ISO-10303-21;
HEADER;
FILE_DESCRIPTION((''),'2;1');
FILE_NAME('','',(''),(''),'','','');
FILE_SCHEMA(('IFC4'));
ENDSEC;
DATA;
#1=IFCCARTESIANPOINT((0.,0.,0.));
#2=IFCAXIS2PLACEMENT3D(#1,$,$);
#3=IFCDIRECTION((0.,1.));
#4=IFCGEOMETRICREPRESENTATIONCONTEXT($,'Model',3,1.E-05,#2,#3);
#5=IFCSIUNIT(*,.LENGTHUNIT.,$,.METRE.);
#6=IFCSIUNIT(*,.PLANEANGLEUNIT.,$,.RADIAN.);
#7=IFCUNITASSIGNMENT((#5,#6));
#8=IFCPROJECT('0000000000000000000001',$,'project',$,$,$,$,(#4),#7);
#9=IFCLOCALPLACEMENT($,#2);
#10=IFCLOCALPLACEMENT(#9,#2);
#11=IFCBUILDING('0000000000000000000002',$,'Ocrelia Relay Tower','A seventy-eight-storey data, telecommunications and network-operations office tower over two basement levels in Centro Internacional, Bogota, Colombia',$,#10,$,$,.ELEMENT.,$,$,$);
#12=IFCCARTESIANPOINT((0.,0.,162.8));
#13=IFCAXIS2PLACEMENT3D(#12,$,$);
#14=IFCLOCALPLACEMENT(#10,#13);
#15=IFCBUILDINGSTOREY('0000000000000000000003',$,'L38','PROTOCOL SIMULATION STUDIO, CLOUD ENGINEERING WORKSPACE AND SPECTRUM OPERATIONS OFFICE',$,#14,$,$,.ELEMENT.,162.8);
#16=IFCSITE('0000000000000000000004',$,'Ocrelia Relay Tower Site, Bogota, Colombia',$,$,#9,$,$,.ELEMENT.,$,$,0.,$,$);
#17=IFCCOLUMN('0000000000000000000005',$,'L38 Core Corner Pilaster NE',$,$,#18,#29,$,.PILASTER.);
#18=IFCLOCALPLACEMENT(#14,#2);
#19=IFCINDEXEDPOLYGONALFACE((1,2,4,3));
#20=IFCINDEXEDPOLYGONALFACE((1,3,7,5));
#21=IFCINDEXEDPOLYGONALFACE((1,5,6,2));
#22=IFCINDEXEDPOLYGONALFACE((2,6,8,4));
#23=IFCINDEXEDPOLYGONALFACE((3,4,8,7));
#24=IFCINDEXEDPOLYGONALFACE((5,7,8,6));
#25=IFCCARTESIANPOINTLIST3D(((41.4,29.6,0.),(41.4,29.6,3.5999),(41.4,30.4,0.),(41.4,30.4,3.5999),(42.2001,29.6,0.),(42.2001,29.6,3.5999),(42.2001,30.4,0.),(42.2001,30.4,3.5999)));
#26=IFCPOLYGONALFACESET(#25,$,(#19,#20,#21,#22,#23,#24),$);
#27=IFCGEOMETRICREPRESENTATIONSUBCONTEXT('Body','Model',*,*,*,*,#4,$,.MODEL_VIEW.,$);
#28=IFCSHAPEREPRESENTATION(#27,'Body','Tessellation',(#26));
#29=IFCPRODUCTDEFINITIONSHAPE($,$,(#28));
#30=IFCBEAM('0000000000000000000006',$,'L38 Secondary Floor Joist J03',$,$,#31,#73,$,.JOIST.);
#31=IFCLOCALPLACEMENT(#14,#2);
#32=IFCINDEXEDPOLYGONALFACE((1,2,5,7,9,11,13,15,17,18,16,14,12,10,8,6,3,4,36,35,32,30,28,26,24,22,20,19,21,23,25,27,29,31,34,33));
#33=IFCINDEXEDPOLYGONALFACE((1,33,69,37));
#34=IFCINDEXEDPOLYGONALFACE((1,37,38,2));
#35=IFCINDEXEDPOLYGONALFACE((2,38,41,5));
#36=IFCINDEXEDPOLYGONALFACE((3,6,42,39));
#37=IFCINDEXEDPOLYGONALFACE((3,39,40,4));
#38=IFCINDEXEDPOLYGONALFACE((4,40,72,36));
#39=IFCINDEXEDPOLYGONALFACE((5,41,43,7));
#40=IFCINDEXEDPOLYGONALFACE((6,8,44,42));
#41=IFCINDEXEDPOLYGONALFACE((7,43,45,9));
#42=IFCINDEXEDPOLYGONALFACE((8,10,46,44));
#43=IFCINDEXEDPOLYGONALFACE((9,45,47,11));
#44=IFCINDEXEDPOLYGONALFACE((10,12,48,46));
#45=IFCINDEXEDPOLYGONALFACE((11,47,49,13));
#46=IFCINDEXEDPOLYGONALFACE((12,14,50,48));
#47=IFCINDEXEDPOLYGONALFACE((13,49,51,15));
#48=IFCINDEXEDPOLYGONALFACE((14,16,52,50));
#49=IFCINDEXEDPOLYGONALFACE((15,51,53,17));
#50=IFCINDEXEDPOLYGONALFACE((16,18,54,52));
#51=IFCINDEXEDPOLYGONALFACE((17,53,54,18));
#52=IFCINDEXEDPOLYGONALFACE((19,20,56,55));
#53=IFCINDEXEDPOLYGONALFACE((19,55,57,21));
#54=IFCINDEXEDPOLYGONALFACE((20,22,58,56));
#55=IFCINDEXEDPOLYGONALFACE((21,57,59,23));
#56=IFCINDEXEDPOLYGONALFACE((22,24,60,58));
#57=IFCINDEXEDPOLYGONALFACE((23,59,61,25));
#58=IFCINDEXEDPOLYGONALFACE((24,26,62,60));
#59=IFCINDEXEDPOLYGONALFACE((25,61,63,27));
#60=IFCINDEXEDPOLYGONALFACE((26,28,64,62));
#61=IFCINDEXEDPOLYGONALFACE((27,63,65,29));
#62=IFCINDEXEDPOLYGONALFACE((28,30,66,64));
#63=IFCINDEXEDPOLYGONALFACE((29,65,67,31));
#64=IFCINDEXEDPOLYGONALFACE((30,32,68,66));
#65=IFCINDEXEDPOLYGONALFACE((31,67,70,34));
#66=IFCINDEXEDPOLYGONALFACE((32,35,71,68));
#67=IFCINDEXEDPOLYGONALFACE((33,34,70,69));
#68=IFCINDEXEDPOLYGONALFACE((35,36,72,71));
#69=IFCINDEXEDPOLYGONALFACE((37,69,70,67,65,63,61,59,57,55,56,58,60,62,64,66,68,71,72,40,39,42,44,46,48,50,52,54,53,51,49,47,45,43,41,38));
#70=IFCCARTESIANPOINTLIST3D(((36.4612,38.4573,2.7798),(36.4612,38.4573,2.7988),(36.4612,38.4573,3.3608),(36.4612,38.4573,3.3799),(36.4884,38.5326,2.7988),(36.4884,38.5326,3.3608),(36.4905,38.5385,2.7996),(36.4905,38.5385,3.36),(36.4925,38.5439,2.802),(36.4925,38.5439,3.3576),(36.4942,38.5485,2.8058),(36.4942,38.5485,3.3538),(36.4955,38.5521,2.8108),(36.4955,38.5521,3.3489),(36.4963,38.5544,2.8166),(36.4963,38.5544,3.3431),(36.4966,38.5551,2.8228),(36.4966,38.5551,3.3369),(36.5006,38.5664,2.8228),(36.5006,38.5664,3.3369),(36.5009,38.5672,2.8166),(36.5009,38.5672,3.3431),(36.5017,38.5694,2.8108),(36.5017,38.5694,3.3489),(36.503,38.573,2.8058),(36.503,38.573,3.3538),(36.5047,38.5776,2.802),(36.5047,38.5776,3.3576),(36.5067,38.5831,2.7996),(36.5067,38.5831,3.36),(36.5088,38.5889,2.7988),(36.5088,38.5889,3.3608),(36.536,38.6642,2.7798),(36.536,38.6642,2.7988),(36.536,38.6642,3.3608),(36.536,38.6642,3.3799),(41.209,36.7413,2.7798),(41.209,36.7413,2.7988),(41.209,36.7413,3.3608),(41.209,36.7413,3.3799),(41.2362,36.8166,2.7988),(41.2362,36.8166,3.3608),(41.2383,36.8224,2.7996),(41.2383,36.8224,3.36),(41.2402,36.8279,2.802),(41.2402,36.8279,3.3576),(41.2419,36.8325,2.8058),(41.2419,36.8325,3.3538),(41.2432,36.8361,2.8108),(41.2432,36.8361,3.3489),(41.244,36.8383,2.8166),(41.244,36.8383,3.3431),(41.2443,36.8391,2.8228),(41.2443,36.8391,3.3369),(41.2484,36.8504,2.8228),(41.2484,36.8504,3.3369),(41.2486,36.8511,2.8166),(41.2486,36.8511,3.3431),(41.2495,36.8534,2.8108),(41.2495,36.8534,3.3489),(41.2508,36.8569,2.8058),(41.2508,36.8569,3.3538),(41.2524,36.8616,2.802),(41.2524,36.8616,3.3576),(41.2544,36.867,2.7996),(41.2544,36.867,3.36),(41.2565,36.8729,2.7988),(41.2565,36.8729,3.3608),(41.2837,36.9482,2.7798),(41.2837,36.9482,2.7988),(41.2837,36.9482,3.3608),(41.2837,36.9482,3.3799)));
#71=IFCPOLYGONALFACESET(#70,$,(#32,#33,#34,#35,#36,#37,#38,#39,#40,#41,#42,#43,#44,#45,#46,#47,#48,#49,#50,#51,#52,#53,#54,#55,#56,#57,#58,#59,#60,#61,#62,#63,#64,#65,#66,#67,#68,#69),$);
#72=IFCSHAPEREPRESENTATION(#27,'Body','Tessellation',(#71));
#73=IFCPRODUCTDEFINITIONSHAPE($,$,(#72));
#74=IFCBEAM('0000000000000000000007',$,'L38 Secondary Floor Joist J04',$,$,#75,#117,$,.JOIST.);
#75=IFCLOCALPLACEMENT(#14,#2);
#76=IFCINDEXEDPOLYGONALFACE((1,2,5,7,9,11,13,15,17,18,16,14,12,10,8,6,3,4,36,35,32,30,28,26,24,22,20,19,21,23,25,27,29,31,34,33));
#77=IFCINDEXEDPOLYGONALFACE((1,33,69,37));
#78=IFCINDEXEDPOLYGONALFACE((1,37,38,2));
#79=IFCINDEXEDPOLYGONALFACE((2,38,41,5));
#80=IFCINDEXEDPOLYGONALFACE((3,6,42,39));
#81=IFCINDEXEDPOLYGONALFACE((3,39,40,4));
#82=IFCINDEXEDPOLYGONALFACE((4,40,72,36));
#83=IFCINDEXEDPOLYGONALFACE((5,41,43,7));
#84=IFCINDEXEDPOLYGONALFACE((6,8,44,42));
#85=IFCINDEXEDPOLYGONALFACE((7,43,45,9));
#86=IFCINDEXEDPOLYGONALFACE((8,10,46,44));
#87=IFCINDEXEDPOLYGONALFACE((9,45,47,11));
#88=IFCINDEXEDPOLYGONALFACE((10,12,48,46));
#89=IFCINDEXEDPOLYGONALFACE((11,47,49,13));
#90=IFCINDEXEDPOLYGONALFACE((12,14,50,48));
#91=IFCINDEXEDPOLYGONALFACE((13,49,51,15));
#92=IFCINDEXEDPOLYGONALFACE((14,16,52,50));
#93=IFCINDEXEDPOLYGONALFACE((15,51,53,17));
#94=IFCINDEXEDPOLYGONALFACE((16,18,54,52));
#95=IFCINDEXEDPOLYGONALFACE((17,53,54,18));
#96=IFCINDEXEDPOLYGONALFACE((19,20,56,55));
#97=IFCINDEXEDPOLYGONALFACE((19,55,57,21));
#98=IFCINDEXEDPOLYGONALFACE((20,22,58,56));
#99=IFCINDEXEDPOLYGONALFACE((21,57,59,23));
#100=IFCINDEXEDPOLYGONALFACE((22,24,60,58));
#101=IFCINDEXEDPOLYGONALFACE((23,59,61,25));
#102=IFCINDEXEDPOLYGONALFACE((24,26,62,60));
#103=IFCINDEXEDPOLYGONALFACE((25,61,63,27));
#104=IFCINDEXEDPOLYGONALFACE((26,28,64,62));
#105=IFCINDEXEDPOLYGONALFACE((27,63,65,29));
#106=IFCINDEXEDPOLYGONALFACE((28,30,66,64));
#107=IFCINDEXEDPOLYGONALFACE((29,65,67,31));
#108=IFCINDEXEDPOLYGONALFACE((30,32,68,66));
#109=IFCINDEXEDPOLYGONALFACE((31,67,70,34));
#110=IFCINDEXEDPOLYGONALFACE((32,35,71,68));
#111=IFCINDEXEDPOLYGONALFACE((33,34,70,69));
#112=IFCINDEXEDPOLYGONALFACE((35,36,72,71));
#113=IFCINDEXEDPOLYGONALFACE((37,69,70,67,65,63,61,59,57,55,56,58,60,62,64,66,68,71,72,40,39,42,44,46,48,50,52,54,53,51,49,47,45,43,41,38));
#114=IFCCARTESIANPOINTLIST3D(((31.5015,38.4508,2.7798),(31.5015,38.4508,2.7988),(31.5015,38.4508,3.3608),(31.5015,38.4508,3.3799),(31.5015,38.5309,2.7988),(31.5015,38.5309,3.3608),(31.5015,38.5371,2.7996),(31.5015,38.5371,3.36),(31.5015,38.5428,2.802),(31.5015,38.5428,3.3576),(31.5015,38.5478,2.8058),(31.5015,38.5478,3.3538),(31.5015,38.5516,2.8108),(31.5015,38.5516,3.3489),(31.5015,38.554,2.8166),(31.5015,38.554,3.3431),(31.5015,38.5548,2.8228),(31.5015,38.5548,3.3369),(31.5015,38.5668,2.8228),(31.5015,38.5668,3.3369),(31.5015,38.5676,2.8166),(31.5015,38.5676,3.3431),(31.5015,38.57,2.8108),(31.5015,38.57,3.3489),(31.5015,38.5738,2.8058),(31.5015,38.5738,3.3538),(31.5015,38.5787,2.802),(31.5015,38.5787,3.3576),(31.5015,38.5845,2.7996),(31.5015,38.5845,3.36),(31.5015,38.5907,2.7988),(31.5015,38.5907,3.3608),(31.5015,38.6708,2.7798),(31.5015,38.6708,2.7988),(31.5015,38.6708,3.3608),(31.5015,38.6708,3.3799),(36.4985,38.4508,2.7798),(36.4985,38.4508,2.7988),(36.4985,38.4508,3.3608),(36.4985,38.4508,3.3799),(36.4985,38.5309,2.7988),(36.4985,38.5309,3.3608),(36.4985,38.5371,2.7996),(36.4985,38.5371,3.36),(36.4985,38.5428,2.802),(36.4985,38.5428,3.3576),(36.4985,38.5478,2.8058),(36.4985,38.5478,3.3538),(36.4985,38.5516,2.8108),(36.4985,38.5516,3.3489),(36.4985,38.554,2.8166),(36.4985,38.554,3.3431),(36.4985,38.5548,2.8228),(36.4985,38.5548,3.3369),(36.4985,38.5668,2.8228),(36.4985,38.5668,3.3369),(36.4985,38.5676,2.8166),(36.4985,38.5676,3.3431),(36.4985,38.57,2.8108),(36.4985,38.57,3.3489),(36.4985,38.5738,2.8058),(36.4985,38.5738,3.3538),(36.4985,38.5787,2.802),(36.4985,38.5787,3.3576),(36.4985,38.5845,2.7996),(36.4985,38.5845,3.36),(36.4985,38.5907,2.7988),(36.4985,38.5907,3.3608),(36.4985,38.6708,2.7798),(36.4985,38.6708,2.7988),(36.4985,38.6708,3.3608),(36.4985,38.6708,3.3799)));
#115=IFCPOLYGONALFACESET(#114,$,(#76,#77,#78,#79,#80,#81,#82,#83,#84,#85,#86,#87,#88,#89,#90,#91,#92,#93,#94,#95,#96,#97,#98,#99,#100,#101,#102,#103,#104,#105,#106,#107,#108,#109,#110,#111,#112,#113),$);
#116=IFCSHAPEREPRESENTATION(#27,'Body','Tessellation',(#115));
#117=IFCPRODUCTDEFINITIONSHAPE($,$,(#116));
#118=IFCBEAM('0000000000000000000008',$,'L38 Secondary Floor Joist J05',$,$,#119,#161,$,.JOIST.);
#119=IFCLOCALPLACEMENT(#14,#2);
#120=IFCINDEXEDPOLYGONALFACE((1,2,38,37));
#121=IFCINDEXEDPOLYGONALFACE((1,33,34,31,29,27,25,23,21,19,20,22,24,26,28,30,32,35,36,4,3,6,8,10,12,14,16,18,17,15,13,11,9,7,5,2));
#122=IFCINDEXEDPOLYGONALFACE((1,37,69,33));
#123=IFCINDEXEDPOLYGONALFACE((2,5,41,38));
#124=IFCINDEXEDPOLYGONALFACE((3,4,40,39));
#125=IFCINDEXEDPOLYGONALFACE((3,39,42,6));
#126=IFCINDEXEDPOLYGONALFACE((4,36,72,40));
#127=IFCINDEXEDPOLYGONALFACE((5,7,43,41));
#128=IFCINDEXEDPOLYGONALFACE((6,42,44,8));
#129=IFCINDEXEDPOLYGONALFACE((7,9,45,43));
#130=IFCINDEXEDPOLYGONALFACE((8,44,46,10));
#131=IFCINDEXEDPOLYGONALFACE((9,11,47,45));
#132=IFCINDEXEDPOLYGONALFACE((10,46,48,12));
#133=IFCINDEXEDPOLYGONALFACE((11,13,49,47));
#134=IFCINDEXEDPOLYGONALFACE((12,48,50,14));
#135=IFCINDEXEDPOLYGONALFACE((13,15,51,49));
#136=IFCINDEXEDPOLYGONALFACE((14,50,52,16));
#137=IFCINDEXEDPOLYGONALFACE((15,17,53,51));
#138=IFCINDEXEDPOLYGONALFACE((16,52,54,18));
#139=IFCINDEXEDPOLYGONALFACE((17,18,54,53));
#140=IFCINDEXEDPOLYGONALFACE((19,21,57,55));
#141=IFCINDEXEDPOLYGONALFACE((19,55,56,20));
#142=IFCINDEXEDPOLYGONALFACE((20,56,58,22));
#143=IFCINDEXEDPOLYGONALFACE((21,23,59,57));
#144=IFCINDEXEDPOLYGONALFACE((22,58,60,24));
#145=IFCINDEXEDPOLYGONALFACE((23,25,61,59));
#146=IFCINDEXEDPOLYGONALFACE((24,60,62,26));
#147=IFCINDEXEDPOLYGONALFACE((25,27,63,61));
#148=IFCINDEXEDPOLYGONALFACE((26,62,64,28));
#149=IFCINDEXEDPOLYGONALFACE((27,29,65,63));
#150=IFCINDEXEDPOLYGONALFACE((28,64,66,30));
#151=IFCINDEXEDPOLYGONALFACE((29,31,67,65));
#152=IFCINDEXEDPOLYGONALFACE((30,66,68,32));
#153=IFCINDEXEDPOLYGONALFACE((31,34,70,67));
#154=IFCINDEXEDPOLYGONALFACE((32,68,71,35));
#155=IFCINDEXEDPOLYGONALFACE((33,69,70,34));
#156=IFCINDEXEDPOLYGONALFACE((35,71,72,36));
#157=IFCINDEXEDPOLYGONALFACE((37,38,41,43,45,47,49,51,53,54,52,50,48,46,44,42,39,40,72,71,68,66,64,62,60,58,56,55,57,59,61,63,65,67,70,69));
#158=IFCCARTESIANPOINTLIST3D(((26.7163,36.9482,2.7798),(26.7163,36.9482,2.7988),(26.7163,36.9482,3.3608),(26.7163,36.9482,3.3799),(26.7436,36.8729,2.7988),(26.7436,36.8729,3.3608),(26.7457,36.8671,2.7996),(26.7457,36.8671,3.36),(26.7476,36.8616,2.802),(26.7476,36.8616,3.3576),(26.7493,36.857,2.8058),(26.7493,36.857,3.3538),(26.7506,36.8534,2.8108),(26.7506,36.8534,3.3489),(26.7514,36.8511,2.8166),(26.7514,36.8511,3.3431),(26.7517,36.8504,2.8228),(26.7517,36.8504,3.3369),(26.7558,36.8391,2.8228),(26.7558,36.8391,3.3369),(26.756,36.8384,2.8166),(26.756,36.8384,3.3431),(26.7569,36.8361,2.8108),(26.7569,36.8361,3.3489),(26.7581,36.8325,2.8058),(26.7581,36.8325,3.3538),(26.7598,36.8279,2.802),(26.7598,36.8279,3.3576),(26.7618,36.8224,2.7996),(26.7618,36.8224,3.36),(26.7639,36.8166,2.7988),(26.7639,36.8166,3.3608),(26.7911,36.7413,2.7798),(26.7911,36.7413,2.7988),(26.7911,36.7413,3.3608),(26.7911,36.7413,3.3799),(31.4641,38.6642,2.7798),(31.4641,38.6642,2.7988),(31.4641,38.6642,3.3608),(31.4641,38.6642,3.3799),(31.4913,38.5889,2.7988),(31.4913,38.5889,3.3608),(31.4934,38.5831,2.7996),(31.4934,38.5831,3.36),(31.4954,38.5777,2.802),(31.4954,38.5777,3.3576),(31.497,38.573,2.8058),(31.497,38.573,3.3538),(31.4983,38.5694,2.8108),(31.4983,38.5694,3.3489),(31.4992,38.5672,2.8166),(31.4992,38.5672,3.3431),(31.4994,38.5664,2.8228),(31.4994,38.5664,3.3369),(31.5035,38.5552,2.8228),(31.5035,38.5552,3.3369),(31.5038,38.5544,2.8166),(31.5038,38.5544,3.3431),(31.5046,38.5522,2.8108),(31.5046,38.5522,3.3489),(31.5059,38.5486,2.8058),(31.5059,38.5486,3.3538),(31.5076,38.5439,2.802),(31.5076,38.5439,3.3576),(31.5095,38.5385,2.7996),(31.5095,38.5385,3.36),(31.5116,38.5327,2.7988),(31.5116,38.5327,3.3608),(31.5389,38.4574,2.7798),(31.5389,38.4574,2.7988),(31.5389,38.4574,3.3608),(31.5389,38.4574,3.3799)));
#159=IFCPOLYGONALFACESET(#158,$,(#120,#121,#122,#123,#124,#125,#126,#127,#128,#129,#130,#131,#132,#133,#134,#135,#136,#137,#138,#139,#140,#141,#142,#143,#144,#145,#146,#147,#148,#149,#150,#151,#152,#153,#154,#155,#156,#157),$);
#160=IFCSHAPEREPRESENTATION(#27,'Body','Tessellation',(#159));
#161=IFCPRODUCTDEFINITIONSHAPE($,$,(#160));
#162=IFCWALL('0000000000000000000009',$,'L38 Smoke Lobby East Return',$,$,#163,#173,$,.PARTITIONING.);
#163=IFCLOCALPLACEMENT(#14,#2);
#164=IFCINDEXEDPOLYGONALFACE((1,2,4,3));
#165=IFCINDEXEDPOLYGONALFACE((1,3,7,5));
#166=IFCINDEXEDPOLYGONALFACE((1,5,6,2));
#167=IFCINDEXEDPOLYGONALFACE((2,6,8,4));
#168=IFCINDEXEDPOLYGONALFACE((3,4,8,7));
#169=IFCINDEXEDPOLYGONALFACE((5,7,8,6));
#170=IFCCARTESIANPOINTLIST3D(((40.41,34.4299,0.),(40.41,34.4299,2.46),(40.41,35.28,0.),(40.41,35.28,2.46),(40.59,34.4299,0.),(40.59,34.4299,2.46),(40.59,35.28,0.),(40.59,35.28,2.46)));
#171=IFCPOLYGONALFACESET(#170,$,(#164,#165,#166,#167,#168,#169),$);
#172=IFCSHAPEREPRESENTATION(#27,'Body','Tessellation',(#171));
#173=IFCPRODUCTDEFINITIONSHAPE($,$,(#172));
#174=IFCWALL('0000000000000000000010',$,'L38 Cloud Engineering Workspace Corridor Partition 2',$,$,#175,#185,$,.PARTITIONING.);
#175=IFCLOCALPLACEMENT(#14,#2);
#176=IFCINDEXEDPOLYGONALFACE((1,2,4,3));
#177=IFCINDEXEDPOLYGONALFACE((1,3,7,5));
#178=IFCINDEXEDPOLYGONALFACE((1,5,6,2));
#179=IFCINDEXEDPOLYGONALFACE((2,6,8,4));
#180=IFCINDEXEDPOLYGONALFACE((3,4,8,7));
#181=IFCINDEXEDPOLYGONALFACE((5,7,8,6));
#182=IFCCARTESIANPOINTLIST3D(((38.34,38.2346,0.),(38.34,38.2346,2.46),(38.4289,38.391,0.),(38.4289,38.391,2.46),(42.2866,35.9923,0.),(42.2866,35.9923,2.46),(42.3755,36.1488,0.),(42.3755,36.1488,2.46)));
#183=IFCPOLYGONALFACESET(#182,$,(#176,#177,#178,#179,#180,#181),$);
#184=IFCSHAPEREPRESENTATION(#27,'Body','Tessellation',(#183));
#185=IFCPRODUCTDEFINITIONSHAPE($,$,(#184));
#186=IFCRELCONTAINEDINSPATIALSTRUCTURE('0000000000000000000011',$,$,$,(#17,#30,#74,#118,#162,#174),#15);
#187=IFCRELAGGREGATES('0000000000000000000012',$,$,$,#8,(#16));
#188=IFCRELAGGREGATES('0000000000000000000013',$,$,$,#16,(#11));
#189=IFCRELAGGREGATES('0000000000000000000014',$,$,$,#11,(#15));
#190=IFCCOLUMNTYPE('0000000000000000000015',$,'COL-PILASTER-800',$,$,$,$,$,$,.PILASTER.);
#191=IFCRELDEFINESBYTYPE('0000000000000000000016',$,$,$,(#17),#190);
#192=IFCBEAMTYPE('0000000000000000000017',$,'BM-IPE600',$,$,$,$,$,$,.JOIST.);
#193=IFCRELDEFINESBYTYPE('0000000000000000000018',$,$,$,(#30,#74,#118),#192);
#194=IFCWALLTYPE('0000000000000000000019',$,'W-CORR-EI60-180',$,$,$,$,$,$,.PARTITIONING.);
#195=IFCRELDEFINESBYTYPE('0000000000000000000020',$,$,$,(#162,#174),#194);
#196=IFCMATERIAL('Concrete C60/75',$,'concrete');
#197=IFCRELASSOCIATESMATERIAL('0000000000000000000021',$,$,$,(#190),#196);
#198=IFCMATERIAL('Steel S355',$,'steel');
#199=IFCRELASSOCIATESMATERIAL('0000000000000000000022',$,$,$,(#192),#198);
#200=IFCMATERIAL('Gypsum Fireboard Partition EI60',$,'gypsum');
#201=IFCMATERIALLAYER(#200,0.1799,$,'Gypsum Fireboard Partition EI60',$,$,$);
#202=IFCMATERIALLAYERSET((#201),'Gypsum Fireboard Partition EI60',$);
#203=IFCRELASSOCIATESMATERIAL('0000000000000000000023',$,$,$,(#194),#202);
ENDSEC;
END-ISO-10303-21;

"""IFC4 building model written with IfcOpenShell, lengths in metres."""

from ifc_helpers import new_model, si_unit, direction, frame, frame_2d, origin, origin_2d, place, context, subcontext, project, spatial, rectangle, i_section, extrude, material, layer, layer_set, material_profile, profile_set, type_object, element, save


model = new_model("IFC4")

# Units and contexts
model_context = context("Model", 3, precision=1e-05, world=origin(), true_north=direction((0.0, 1.0)))
body_context = subcontext(model_context, "Body", "Model", "MODEL_VIEW")
ifc_project = project(units=[si_unit("LENGTHUNIT", "METRE"), si_unit("PLANEANGLEUNIT", "RADIAN")], contexts=[model_context])

# Site, building, storey
site_placement = place(None, origin())
site = spatial("IfcSite", under=ifc_project, at=site_placement, Name="Ocrelia Relay Tower Site, Bogota, Colombia", CompositionType="ELEMENT", RefElevation=0.0)
building_placement = place(site_placement, origin())
building = spatial("IfcBuilding", under=site, at=building_placement, Name="Ocrelia Relay Tower", Description="A seventy-eight-storey data, telecommunications and network-operations office tower over two basement levels in Centro Internacional, Bogota, Colombia", CompositionType="ELEMENT")
storey_placement = place(building_placement, frame((0.0, 0.0, 162.8)))
storey = spatial("IfcBuildingStorey", under=building, at=storey_placement, Name="L38", Description="PROTOCOL SIMULATION STUDIO, CLOUD ENGINEERING WORKSPACE AND SPECTRUM OPERATIONS OFFICE", CompositionType="ELEMENT", Elevation=162.8)

# Column
ifc_material_1 = material(Name="Concrete C60/75", Category="concrete")
ifc_material_profile_1 = material_profile(ifc_material_1, rectangle(XDim=0.8, YDim=0.8, at=origin_2d()), Name="RC-COL-800x800")
ifc_profile_set_1 = profile_set([ifc_material_profile_1], Name="Concrete C60/75")
column_type = type_object("IfcColumnType", Name="COL-PILASTER-800", PredefinedType="PILASTER", material=ifc_profile_set_1)
column_placement = place(storey_placement, frame((41.8, 30.0, 0.0), z_axis=(0.0, 0.0, 1.0), x_axis=(1.0, 0.0, 0.0)))
element("IfcColumn", 1, at=column_placement, inside=storey, type_object=column_type, Name="L38 Core Corner Pilaster NE", PredefinedType="PILASTER", context=body_context, shape_type="SweptSolid", body=[
    extrude(rectangle(XDim=0.8, YDim=0.8, at=origin_2d()), origin(), (0.0, 0.0, 1.0), 3.5999),
])

# Beams
ifc_material_2 = material(Name="Steel S355", Category="steel")
ifc_material_profile_2 = material_profile(ifc_material_2, i_section(OverallWidth=0.22, OverallDepth=0.6001, WebThickness=0.012, FlangeThickness=0.019, FilletRadius=0.0239, at=origin_2d()), Name="IPE 600")
ifc_profile_set_2 = profile_set([ifc_material_profile_2], Name="Steel S355")
beam_type = type_object("IfcBeamType", Name="BM-IPE600", PredefinedType="JOIST", material=ifc_profile_set_2)
beam_1_placement = place(storey_placement, frame((41.2463, 36.8447, 3.0798), z_axis=(-0.940454, 0.339921, 0.0), x_axis=(-0.339921, -0.940454, 0.0)))
element("IfcBeam", 2, at=beam_1_placement, inside=storey, type_object=beam_type, Name="L38 Secondary Floor Joist J03", PredefinedType="JOIST", context=body_context, shape_type="SweptSolid", body=[
    extrude(i_section(OverallWidth=0.22, OverallDepth=0.6001, WebThickness=0.012, FlangeThickness=0.019, FilletRadius=0.0239, at=origin_2d()), origin(), (0.0, 0.0, 1.0), 5.0483),
])
beam_2_placement = place(storey_placement, frame((36.4985, 38.5608, 3.0798), z_axis=(-1.0, 0.0, 0.0), x_axis=(0.0, -1.0, 0.0)))
element("IfcBeam", 3, at=beam_2_placement, inside=storey, type_object=beam_type, Name="L38 Secondary Floor Joist J04", PredefinedType="JOIST", context=body_context, shape_type="SweptSolid", body=[
    extrude(i_section(OverallWidth=0.22, OverallDepth=0.6001, WebThickness=0.012, FlangeThickness=0.019, FilletRadius=0.0239, at=origin_2d()), origin(), (0.0, 0.0, 1.0), 4.9971),
])
beam_3_placement = place(storey_placement, frame((31.5015, 38.5608, 3.0798), z_axis=(-0.940454, -0.339921, 0.0), x_axis=(0.339921, -0.940454, 0.0)))
element("IfcBeam", 4, at=beam_3_placement, inside=storey, type_object=beam_type, Name="L38 Secondary Floor Joist J05", PredefinedType="JOIST", context=body_context, shape_type="SweptSolid", body=[
    extrude(i_section(OverallWidth=0.22, OverallDepth=0.6001, WebThickness=0.012, FlangeThickness=0.019, FilletRadius=0.0239, at=origin_2d()), origin(), (0.0, 0.0, 1.0), 5.0483),
])

# Wall
ifc_material_3 = material(Name="Gypsum Fireboard Partition EI60", Category="gypsum")
ifc_layer_1 = layer(ifc_material_3, 0.1799, Name="Gypsum Fireboard Partition EI60")
ifc_layer_set_1 = layer_set([ifc_layer_1], Name="Gypsum Fireboard Partition EI60")
wall_type_1 = type_object("IfcWallType", Name="W-CORR-EI60-180", PredefinedType="PARTITIONING", material=ifc_layer_set_1)
wall_1_placement = place(storey_placement, frame((40.5, 35.28, 0.0), z_axis=(0.0, 0.0, 1.0), x_axis=(0.0, -1.0, 0.0)))
element("IfcWall", 5, at=wall_1_placement, inside=storey, type_object=wall_type_1, Name="L38 Smoke Lobby East Return", PredefinedType="PARTITIONING", context=body_context, shape_type="SweptSolid", body=[
    extrude(rectangle(XDim=0.8501, YDim=0.1799, at=frame_2d((0.425, 0.0))), origin(), (0.0, 0.0, 1.0), 2.46),
])

# Wall
wall_2_placement = place(storey_placement, frame((42.3311, 36.0706, 0.0), z_axis=(0.0, 0.0, 1.0), x_axis=(-0.869472, 0.493983, 0.0)))
element("IfcWall", 6, at=wall_2_placement, inside=storey, type_object=wall_type_1, Name="L38 Cloud Engineering Workspace Corridor Partition 2", PredefinedType="PARTITIONING", context=body_context, shape_type="SweptSolid", body=[
    extrude(rectangle(XDim=4.5391, YDim=0.1799, at=frame_2d((2.2695, 0.0))), origin(), (0.0, 0.0, 1.0), 2.46),
])

save(model, "model.ifc")
